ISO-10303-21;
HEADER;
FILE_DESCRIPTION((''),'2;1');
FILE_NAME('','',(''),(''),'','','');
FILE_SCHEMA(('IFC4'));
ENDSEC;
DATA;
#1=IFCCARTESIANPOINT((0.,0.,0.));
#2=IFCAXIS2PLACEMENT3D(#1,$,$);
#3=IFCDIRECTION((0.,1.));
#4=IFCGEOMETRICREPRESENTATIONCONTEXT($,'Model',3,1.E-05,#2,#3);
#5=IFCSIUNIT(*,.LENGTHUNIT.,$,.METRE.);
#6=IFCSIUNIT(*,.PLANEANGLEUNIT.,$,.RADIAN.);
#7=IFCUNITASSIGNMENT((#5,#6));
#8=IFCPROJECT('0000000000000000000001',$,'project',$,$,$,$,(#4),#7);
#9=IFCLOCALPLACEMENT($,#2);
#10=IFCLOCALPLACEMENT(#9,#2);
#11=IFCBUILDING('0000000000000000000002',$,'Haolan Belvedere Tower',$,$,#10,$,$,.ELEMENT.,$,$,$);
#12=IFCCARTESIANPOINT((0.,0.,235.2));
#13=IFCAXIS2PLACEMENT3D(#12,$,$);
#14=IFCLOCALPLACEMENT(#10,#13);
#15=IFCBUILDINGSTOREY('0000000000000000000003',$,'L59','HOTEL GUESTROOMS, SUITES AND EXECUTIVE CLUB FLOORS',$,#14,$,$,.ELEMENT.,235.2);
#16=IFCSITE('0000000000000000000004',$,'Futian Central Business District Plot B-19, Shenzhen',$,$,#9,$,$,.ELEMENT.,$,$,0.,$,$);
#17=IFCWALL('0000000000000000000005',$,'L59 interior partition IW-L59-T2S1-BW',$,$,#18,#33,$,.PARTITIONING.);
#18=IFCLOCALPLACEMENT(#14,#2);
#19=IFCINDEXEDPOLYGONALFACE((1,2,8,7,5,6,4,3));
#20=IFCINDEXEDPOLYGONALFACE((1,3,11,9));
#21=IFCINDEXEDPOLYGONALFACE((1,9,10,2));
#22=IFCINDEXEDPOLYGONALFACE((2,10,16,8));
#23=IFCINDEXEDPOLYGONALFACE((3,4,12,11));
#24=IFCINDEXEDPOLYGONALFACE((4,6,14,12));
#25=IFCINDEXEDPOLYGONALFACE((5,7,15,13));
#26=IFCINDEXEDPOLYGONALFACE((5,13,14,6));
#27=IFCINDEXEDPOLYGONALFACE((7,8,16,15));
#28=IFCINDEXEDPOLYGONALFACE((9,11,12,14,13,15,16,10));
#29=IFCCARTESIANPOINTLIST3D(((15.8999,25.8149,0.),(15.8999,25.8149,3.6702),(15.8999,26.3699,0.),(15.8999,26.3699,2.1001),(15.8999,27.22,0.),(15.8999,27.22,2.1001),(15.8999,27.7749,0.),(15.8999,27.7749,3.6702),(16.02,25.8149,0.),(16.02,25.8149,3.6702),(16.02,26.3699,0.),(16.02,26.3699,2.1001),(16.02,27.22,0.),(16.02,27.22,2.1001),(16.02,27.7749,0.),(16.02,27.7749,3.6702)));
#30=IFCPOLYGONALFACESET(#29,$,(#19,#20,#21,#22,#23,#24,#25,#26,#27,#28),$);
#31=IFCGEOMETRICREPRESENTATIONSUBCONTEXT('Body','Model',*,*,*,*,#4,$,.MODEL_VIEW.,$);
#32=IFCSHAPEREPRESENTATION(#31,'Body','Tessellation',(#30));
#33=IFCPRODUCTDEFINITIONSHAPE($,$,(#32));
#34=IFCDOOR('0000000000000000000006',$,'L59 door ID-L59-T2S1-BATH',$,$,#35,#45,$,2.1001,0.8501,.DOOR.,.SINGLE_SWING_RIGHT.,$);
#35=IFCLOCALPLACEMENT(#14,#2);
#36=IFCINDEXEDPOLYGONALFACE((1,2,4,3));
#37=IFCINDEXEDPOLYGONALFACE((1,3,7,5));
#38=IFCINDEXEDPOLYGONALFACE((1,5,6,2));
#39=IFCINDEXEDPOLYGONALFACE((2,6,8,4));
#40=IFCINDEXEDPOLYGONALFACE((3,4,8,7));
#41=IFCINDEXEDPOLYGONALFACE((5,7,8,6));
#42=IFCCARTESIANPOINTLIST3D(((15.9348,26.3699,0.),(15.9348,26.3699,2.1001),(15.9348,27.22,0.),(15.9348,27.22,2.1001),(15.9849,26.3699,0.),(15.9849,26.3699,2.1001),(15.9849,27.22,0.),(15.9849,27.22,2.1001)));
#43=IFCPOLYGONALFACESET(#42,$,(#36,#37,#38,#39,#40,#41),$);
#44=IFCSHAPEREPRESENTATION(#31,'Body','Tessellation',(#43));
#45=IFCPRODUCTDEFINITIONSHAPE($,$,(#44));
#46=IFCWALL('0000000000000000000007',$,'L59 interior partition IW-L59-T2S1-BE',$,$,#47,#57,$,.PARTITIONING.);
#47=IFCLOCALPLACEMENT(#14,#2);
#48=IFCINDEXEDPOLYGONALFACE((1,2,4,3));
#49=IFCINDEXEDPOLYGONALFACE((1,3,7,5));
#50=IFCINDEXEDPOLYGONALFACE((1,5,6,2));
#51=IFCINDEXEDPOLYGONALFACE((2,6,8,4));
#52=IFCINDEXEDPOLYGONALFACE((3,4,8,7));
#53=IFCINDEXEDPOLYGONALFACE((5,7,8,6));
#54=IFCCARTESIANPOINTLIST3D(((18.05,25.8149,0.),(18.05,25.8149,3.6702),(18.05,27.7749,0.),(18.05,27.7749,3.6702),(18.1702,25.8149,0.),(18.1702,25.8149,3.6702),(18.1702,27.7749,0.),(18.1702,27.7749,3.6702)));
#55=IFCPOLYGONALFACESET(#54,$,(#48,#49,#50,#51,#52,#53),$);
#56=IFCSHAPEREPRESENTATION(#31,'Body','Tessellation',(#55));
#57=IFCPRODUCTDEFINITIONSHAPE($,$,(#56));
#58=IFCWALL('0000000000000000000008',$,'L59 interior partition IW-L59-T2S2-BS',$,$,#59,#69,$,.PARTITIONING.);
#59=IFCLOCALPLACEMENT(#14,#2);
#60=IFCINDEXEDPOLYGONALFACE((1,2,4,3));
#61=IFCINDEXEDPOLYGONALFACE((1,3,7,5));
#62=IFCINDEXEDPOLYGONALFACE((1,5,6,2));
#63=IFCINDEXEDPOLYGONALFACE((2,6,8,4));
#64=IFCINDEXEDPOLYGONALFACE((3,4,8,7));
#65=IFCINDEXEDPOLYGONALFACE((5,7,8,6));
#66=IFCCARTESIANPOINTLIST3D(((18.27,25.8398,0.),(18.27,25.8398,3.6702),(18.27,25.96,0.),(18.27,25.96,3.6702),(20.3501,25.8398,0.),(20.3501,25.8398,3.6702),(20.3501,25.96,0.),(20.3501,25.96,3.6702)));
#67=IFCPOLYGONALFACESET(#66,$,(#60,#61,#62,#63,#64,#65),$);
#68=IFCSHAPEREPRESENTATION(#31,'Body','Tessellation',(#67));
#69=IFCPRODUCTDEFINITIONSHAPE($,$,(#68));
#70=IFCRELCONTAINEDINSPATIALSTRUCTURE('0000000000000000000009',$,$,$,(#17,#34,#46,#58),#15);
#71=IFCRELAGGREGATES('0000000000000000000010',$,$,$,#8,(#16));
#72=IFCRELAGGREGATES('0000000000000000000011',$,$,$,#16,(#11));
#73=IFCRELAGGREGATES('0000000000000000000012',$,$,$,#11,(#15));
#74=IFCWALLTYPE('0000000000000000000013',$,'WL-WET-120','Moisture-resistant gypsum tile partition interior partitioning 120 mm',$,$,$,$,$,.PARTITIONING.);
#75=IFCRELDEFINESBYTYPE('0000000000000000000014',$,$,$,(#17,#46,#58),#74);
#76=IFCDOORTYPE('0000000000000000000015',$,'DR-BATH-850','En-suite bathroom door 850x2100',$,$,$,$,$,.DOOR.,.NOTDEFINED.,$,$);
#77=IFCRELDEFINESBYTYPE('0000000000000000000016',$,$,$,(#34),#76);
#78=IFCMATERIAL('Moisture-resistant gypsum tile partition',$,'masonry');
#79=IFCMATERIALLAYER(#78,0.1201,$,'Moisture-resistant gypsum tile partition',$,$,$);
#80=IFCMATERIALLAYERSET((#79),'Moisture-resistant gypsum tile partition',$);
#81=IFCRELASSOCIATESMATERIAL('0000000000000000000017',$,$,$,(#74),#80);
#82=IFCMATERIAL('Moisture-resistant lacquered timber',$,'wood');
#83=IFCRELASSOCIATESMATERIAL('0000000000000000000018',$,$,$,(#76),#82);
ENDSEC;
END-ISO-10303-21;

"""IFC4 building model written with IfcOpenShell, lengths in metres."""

from ifc_helpers import new_model, si_unit, direction, frame, frame_2d, origin, place, context, subcontext, project, spatial, rectangle, extrude, material, layer, layer_set, type_object, element, fill, save


model = new_model("IFC4")

# Units and contexts
model_context = context("Model", 3, precision=1e-05, world=origin(), true_north=direction((0.0, 1.0)))
body_context = subcontext(model_context, "Body", "Model", "MODEL_VIEW")
ifc_project = project(units=[si_unit("LENGTHUNIT", "METRE"), si_unit("PLANEANGLEUNIT", "RADIAN")], contexts=[model_context])

# Site, building, storey
site_placement = place(None, origin())
site = spatial("IfcSite", under=ifc_project, at=site_placement, Name="Futian Central Business District Plot B-19, Shenzhen", CompositionType="ELEMENT", RefElevation=0.0)
building_placement = place(site_placement, origin())
building = spatial("IfcBuilding", under=site, at=building_placement, Name="Haolan Belvedere Tower", CompositionType="ELEMENT")
storey_placement = place(building_placement, frame((0.0, 0.0, 235.2)))
storey = spatial("IfcBuildingStorey", under=building, at=storey_placement, Name="L59", Description="HOTEL GUESTROOMS, SUITES AND EXECUTIVE CLUB FLOORS", CompositionType="ELEMENT", Elevation=235.2)

# Shared definitions
ifc_material_1 = material(Name="Moisture-resistant gypsum tile partition", Category="masonry")
ifc_layer_1 = layer(ifc_material_1, 0.1201, Name="Moisture-resistant gypsum tile partition")
ifc_layer_set_1 = layer_set([ifc_layer_1], Name="Moisture-resistant gypsum tile partition")
wall_type_1 = type_object("IfcWallType", Name="WL-WET-120", Description="Moisture-resistant gypsum tile partition interior partitioning 120 mm", PredefinedType="PARTITIONING", material=ifc_layer_set_1)

# Wall, opening, door
wall_1_placement = place(storey_placement, frame((15.96, 25.8149, 0.0), z_axis=(0.0, 0.0, 1.0), x_axis=(0.0, 1.0, 0.0)))
wall_1 = element("IfcWall", 1, at=wall_1_placement, inside=storey, type_object=wall_type_1, Name="L59 interior partition IW-L59-T2S1-BW", PredefinedType="PARTITIONING", context=body_context, shape_type="SweptSolid", body=[
    extrude(rectangle(XDim=1.96, YDim=0.1201, at=frame_2d((0.98, 0.0))), origin(), (0.0, 0.0, 1.0), 3.6702),
])
opening_1_placement = place(wall_1_placement, frame((1.405, 0.0, 0.0), z_axis=(0.0, 0.0, 1.0), x_axis=(-1.0, 0.0, 0.0)))
opening_1 = element("IfcOpeningElement", 2, at=opening_1_placement, cuts=wall_1, PredefinedType="OPENING", context=body_context, shape_type="SweptSolid", body=[
    extrude(rectangle(XDim=0.8501, YDim=2.1001, at=frame_2d((0.425, 1.05))), frame((0.0, 0.0701, 0.0), z_axis=(0.0, -1.0, 0.0), x_axis=(1.0, 0.0, 0.0)), (0.0, 0.0, 1.0), 0.1401),
])
ifc_material_2 = material(Name="Moisture-resistant lacquered timber", Category="wood")
door_type_1 = type_object("IfcDoorType", Name="DR-BATH-850", Description="En-suite bathroom door 850x2100", OperationType="NOTDEFINED", PredefinedType="DOOR", material=ifc_material_2)
door_1_placement = place(opening_1_placement, origin())
door_1 = element("IfcDoor", 3, at=door_1_placement, inside=storey, type_object=door_type_1, Name="L59 door ID-L59-T2S1-BATH", OperationType="SINGLE_SWING_RIGHT", OverallHeight=2.1001, OverallWidth=0.8501, PredefinedType="DOOR", context=body_context, shape_type="SweptSolid", body=[
    extrude(rectangle(XDim=0.8501, YDim=2.1001, at=frame_2d((0.425, 1.05))), frame((0.0, 0.0249, 0.0), z_axis=(0.0, -1.0, 0.0), x_axis=(1.0, 0.0, 0.0)), (0.0, 0.0, 1.0), 0.05),
])
fill(opening_1, door_1)

# Walls
wall_2_placement = place(storey_placement, frame((18.1101, 25.8149, 0.0), z_axis=(0.0, 0.0, 1.0), x_axis=(0.0, 1.0, 0.0)))
element("IfcWall", 4, at=wall_2_placement, inside=storey, type_object=wall_type_1, Name="L59 interior partition IW-L59-T2S1-BE", PredefinedType="PARTITIONING", context=body_context, shape_type="SweptSolid", body=[
    extrude(rectangle(XDim=1.96, YDim=0.1201, at=frame_2d((0.98, 0.0))), origin(), (0.0, 0.0, 1.0), 3.6702),
])
wall_3_placement = place(storey_placement, frame((18.27, 25.8999, 0.0), z_axis=(0.0, 0.0, 1.0), x_axis=(1.0, 0.0, 0.0)))
element("IfcWall", 5, at=wall_3_placement, inside=storey, type_object=wall_type_1, Name="L59 interior partition IW-L59-T2S2-BS", PredefinedType="PARTITIONING", context=body_context, shape_type="SweptSolid", body=[
    extrude(rectangle(XDim=2.0801, YDim=0.1201, at=frame_2d((1.04, 0.0))), origin(), (0.0, 0.0, 1.0), 3.6702),
])

save(model, "model.ifc")
